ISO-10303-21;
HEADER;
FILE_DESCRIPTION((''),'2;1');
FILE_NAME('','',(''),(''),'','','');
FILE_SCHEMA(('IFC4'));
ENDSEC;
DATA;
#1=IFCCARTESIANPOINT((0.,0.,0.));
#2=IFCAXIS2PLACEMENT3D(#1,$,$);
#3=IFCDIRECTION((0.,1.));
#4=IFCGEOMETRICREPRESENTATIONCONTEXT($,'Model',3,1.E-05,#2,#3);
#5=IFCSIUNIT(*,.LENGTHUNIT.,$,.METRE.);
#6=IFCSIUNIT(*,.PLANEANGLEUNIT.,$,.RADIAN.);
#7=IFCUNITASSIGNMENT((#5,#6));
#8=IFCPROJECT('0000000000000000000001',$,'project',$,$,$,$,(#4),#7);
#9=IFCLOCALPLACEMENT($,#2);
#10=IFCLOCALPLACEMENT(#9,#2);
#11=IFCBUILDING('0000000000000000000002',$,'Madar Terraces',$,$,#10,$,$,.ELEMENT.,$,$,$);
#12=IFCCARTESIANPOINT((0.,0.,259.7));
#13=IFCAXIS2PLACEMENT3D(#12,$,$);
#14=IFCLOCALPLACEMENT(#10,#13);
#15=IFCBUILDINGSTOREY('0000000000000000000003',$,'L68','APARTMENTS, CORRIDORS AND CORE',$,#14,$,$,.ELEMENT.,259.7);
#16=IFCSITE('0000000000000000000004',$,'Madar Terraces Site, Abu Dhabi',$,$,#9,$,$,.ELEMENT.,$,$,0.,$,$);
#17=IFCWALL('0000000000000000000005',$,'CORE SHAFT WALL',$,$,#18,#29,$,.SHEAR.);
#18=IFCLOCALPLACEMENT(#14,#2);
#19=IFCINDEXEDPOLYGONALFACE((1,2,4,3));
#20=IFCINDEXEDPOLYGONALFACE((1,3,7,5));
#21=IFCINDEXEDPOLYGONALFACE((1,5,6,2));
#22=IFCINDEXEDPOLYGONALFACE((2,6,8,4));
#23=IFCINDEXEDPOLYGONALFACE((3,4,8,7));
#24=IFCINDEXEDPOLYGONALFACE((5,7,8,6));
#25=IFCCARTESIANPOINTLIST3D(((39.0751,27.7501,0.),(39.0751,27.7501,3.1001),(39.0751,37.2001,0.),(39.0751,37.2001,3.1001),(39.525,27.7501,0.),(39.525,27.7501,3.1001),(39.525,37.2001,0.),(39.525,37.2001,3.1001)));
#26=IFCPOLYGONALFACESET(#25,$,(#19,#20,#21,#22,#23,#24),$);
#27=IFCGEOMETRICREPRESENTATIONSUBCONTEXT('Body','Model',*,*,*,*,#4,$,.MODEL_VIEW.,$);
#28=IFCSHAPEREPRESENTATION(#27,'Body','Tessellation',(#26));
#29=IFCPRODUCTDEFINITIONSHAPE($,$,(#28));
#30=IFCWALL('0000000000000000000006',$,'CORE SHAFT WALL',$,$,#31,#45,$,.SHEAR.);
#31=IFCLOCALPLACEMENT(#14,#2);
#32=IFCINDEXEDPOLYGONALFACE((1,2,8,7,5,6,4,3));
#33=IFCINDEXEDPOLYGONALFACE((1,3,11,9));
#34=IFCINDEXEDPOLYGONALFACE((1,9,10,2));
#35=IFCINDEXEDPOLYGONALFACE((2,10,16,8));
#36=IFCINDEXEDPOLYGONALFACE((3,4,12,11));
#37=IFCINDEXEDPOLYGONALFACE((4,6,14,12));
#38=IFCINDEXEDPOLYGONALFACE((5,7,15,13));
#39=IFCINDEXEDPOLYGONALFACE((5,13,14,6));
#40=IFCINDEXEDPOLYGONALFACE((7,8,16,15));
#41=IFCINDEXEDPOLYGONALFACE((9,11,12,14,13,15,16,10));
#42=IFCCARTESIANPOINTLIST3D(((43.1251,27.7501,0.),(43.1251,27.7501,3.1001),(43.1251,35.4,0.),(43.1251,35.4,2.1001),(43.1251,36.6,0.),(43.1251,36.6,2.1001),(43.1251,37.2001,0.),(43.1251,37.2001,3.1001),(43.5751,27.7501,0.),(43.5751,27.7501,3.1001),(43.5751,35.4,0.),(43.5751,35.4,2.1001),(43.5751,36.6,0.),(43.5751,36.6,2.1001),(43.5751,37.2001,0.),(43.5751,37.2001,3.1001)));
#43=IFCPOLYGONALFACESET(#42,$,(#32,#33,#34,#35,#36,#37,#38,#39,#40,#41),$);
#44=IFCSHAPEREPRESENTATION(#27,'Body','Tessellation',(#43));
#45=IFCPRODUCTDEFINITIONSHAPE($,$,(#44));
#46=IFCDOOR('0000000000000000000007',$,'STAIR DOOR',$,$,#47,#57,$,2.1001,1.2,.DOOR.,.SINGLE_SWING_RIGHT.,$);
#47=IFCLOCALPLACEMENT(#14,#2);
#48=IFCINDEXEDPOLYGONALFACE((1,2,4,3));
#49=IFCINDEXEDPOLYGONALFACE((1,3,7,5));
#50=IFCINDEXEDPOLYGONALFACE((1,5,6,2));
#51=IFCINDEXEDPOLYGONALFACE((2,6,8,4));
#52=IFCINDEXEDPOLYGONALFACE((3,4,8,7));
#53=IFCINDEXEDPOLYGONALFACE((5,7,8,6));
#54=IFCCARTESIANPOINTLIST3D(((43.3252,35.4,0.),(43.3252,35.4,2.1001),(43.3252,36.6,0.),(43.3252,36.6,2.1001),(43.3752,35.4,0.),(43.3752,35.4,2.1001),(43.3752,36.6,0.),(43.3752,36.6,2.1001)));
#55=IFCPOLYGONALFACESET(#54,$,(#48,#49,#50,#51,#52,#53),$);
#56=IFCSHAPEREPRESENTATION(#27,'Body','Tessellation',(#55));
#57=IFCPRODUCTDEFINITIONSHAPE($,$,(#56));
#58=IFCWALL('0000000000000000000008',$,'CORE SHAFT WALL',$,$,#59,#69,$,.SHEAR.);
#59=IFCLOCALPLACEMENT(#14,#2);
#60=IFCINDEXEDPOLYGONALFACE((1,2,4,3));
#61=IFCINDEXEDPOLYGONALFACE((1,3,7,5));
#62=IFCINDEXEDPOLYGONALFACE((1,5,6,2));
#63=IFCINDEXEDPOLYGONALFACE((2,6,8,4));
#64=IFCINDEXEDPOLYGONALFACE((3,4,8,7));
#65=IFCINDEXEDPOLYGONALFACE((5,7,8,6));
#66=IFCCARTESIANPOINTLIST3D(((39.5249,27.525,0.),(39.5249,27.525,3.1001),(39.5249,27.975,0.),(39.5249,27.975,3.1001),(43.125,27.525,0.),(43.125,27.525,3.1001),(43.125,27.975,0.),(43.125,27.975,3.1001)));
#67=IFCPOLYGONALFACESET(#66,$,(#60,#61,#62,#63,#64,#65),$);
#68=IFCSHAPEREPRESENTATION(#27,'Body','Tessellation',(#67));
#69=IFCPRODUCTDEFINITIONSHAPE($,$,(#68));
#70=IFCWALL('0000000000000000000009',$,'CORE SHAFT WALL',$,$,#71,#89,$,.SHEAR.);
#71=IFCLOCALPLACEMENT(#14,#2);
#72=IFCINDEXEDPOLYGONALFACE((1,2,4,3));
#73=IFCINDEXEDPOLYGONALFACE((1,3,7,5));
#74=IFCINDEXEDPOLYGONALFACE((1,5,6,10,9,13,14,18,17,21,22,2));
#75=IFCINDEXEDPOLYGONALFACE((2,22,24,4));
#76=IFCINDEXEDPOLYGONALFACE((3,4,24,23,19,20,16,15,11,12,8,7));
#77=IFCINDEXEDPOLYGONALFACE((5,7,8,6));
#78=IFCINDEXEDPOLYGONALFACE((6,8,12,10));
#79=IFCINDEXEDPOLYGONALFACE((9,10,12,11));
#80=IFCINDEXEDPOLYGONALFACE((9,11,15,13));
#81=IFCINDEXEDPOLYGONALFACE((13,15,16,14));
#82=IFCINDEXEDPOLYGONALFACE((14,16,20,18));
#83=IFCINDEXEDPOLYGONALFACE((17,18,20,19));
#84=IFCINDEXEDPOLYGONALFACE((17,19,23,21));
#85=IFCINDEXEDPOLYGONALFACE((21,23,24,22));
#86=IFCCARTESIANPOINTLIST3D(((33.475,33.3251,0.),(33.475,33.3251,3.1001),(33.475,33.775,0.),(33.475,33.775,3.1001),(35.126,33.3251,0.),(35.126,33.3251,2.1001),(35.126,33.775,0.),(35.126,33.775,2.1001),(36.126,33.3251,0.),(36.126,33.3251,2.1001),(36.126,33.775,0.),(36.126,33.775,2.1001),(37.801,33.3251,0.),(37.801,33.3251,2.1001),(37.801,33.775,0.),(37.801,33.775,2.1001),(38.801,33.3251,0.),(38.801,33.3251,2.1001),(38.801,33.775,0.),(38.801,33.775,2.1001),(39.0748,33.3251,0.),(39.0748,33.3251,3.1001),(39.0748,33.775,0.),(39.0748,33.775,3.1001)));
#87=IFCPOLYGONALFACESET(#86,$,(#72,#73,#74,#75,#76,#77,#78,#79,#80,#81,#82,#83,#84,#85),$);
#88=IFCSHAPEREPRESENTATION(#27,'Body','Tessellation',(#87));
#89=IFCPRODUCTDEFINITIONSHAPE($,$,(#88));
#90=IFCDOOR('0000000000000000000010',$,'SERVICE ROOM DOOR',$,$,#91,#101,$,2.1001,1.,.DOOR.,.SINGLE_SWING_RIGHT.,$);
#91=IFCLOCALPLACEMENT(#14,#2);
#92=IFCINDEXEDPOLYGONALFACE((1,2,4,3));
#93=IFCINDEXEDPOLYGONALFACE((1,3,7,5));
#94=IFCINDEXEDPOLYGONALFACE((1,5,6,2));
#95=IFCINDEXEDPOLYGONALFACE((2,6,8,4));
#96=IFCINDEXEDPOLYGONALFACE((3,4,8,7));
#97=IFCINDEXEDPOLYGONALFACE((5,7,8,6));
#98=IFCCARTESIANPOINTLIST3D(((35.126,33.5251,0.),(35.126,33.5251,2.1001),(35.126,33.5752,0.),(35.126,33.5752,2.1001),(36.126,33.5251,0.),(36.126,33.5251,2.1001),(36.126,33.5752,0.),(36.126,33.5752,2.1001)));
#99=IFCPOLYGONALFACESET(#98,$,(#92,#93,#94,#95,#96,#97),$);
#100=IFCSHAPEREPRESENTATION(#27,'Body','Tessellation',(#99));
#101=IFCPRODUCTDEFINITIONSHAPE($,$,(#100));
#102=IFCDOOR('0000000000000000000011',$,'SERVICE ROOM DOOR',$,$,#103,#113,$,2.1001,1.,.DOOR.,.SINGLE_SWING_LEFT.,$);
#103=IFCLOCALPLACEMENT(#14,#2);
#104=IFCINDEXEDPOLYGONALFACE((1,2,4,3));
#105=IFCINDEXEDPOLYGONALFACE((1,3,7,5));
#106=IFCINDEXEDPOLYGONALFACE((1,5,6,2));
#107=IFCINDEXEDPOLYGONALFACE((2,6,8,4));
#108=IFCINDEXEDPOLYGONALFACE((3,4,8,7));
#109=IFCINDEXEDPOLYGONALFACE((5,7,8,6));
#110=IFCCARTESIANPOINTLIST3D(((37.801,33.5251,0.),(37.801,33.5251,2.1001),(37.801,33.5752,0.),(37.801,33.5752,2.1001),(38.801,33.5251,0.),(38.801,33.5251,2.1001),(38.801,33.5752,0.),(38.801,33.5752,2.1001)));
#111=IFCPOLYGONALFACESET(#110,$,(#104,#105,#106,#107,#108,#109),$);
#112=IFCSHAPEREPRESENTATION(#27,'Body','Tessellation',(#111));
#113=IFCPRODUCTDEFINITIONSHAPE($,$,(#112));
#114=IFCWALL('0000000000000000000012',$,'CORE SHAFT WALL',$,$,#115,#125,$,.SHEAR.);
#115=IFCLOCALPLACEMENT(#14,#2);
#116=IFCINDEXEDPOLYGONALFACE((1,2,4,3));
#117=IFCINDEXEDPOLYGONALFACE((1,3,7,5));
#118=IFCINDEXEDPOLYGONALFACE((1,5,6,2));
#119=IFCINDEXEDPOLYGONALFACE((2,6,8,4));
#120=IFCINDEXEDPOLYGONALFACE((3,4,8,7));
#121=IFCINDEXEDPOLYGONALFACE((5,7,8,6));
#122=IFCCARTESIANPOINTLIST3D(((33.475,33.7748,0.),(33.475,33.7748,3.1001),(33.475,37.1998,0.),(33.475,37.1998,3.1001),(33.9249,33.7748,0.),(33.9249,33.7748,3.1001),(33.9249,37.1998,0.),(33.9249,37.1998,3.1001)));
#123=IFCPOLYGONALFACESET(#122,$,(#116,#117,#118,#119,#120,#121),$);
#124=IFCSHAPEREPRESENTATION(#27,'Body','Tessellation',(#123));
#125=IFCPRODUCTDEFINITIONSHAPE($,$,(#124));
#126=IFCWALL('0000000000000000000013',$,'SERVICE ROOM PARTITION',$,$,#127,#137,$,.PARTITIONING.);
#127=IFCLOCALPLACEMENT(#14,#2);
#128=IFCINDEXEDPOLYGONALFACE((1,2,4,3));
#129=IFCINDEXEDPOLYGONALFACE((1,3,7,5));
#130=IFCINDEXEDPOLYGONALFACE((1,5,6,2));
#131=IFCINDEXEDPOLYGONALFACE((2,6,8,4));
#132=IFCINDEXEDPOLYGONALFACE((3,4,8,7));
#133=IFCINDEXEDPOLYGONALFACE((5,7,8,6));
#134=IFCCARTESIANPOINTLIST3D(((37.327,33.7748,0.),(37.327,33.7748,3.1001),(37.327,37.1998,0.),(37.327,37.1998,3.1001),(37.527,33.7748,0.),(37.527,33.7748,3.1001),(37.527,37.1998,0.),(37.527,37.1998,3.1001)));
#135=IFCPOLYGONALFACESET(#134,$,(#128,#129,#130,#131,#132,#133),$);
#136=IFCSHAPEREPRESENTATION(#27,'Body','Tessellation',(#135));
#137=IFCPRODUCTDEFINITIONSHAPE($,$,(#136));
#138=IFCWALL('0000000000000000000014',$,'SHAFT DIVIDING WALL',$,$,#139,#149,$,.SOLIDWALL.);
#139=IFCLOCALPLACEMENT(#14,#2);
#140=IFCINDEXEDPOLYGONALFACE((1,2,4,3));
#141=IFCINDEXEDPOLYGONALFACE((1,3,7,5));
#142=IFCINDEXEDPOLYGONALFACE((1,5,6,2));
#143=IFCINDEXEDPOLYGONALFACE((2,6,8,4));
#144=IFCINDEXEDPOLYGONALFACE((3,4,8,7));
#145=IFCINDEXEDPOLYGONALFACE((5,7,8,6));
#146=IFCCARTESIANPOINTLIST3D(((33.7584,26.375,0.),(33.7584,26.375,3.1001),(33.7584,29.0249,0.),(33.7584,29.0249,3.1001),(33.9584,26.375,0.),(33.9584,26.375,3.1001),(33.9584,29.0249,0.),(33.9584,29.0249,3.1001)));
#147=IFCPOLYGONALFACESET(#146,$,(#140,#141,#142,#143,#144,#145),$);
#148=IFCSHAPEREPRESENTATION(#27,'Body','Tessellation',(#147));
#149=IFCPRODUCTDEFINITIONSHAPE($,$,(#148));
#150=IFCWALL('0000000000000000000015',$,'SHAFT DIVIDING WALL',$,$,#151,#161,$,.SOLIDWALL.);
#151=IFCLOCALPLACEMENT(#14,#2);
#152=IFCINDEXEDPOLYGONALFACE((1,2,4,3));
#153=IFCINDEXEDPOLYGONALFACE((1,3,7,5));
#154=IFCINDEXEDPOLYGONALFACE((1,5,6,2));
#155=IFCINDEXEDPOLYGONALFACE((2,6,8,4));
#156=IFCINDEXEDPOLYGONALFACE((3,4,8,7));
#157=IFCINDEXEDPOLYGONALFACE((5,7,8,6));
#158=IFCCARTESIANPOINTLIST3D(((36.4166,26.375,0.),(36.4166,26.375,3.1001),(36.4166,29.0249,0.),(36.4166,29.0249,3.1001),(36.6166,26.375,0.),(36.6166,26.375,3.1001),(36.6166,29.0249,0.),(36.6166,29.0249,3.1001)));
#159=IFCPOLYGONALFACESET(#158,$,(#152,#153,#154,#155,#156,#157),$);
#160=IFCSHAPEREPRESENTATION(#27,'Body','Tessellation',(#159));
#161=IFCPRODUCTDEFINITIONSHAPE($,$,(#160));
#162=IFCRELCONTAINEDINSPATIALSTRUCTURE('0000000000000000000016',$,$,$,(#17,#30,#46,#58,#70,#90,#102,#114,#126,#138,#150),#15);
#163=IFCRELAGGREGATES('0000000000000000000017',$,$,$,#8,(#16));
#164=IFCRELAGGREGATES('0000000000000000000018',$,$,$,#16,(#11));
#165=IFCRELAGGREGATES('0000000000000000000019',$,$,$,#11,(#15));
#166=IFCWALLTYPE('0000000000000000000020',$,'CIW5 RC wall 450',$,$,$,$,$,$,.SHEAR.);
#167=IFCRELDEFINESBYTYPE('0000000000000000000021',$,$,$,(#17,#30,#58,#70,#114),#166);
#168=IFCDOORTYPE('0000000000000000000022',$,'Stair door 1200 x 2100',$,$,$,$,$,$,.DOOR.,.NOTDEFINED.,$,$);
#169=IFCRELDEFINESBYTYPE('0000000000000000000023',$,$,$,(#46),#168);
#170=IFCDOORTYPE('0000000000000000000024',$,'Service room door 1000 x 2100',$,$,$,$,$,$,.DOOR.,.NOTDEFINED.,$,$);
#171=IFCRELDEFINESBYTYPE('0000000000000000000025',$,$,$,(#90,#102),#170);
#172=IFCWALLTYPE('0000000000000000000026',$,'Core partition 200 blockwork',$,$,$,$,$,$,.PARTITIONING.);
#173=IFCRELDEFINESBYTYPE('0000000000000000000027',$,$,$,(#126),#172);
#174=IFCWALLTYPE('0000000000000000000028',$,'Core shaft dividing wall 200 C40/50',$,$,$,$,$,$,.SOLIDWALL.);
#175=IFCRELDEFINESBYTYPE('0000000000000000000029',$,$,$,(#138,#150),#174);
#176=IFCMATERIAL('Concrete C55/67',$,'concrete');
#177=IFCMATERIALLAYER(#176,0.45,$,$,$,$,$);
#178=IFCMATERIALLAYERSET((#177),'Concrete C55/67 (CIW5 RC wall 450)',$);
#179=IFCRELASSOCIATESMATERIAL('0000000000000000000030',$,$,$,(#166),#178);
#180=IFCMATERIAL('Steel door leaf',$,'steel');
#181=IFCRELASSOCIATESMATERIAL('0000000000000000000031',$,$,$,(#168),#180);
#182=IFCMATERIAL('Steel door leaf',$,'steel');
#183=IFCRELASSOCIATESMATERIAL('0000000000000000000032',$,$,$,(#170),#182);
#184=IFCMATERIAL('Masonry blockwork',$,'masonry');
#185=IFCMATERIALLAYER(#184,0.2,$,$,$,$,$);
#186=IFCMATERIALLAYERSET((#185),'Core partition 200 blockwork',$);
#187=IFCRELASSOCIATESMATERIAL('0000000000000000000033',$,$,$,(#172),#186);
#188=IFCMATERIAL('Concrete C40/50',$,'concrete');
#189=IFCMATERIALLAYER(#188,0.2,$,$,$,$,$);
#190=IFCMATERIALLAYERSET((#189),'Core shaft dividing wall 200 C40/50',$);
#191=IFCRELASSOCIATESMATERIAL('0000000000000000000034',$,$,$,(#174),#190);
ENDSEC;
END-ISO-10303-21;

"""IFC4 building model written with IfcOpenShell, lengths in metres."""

from ifc_helpers import new_model, si_unit, direction, frame, frame_2d, origin, place, context, subcontext, project, spatial, rectangle, extrude, material, layer, layer_set, type_object, element, fill, save


model = new_model("IFC4")

# Units and contexts
model_context = context("Model", 3, precision=1e-05, world=origin(), true_north=direction((0.0, 1.0)))
body_context = subcontext(model_context, "Body", "Model", "MODEL_VIEW")
ifc_project = project(units=[si_unit("LENGTHUNIT", "METRE"), si_unit("PLANEANGLEUNIT", "RADIAN")], contexts=[model_context])

# Site, building, storey
site_placement = place(None, origin())
site = spatial("IfcSite", under=ifc_project, at=site_placement, Name="Madar Terraces Site, Abu Dhabi", CompositionType="ELEMENT", RefElevation=0.0)
building_placement = place(site_placement, origin())
building = spatial("IfcBuilding", under=site, at=building_placement, Name="Madar Terraces", CompositionType="ELEMENT")
storey_placement = place(building_placement, frame((0.0, 0.0, 259.7)))
storey = spatial("IfcBuildingStorey", under=building, at=storey_placement, Name="L68", Description="APARTMENTS, CORRIDORS AND CORE", CompositionType="ELEMENT", Elevation=259.7)

# Wall
ifc_material_1 = material(Name="Concrete C55/67", Category="concrete")
ifc_layer_1 = layer(ifc_material_1, 0.45)
ifc_layer_set_1 = layer_set([ifc_layer_1], Name="Concrete C55/67 (CIW5 RC wall 450)")
wall_type_1 = type_object("IfcWallType", Name="CIW5 RC wall 450", PredefinedType="SHEAR", material=ifc_layer_set_1)
wall_1_placement = place(storey_placement, frame((39.3, 27.75, 0.0), z_axis=(0.0, 0.0, 1.0), x_axis=(0.0, 1.0, 0.0)))
element("IfcWall", 1, at=wall_1_placement, inside=storey, type_object=wall_type_1, Name="CORE SHAFT WALL", PredefinedType="SHEAR", context=body_context, shape_type="SweptSolid", body=[
    extrude(rectangle(XDim=9.45, YDim=0.45, at=frame_2d((4.7251, 0.0))), origin(), (0.0, 0.0, 1.0), 3.1001),
])

# Wall, opening, door
wall_2_placement = place(storey_placement, frame((43.3501, 27.75, 0.0), z_axis=(0.0, 0.0, 1.0), x_axis=(0.0, 1.0, 0.0)))
wall_2 = element("IfcWall", 2, at=wall_2_placement, inside=storey, type_object=wall_type_1, Name="CORE SHAFT WALL", PredefinedType="SHEAR", context=body_context, shape_type="SweptSolid", body=[
    extrude(rectangle(XDim=9.45, YDim=0.45, at=frame_2d((4.7251, 0.0))), origin(), (0.0, 0.0, 1.0), 3.1001),
])
opening_1_placement = place(wall_2_placement, frame((7.6499, 0.0, 0.0)))
opening_1 = element("IfcOpeningElement", 3, at=opening_1_placement, cuts=wall_2, PredefinedType="OPENING", context=body_context, shape_type="SweptSolid", body=[
    extrude(rectangle(XDim=1.2, YDim=2.1001, at=frame_2d((0.6001, 1.05))), frame((0.0, 0.2349, 0.0), z_axis=(0.0, -1.0, 0.0), x_axis=(1.0, 0.0, 0.0)), (0.0, 0.0, 1.0), 0.47),
])
ifc_material_2 = material(Name="Steel door leaf", Category="steel")
door_type_1 = type_object("IfcDoorType", Name="Stair door 1200 x 2100", OperationType="NOTDEFINED", PredefinedType="DOOR", material=ifc_material_2)
door_1_placement = place(opening_1_placement, origin())
door_1 = element("IfcDoor", 4, at=door_1_placement, inside=storey, type_object=door_type_1, Name="STAIR DOOR", OperationType="SINGLE_SWING_RIGHT", OverallHeight=2.1001, OverallWidth=1.2, PredefinedType="DOOR", context=body_context, shape_type="SweptSolid", body=[
    extrude(rectangle(XDim=1.2, YDim=2.1001, at=frame_2d((0.6001, 1.05))), frame((0.0, 0.0249, 0.0), z_axis=(0.0, -1.0, 0.0), x_axis=(1.0, 0.0, 0.0)), (0.0, 0.0, 1.0), 0.05),
])
fill(opening_1, door_1)

# Wall
wall_3_placement = place(storey_placement, frame((39.5249, 27.75, 0.0), z_axis=(0.0, 0.0, 1.0), x_axis=(1.0, 0.0, 0.0)))
element("IfcWall", 5, at=wall_3_placement, inside=storey, type_object=wall_type_1, Name="CORE SHAFT WALL", PredefinedType="SHEAR", context=body_context, shape_type="SweptSolid", body=[
    extrude(rectangle(XDim=3.6001, YDim=0.45, at=frame_2d((1.8, 0.0))), origin(), (0.0, 0.0, 1.0), 3.1001),
])

# Wall, openings, doors
wall_4_placement = place(storey_placement, frame((33.4751, 33.55, 0.0), z_axis=(0.0, 0.0, 1.0), x_axis=(1.0, 0.0, 0.0)))
wall_4 = element("IfcWall", 6, at=wall_4_placement, inside=storey, type_object=wall_type_1, Name="CORE SHAFT WALL", PredefinedType="SHEAR", context=body_context, shape_type="SweptSolid", body=[
    extrude(rectangle(XDim=5.5999, YDim=0.45, at=frame_2d((2.7998, 0.0))), origin(), (0.0, 0.0, 1.0), 3.1001),
])
opening_2_placement = place(wall_4_placement, frame((1.6509, 0.0, 0.0)))
opening_2 = element("IfcOpeningElement", 7, at=opening_2_placement, cuts=wall_4, PredefinedType="OPENING", context=body_context, shape_type="SweptSolid", body=[
    extrude(rectangle(XDim=1.0, YDim=2.1001, at=frame_2d((0.5, 1.05))), frame((0.0, 0.2349, 0.0), z_axis=(0.0, -1.0, 0.0), x_axis=(1.0, 0.0, 0.0)), (0.0, 0.0, 1.0), 0.47),
])
opening_3_placement = place(wall_4_placement, frame((4.3259, 0.0, 0.0)))
opening_3 = element("IfcOpeningElement", 8, at=opening_3_placement, cuts=wall_4, PredefinedType="OPENING", context=body_context, shape_type="SweptSolid", body=[
    extrude(rectangle(XDim=1.0, YDim=2.1001, at=frame_2d((0.5, 1.05))), frame((0.0, 0.2349, 0.0), z_axis=(0.0, -1.0, 0.0), x_axis=(1.0, 0.0, 0.0)), (0.0, 0.0, 1.0), 0.47),
])
ifc_material_3 = material(Name="Steel door leaf", Category="steel")
door_type_2 = type_object("IfcDoorType", Name="Service room door 1000 x 2100", OperationType="NOTDEFINED", PredefinedType="DOOR", material=ifc_material_3)
door_2_placement = place(opening_2_placement, frame((1.0, 0.0, 0.0), z_axis=(0.0, 0.0, 1.0), x_axis=(-1.0, 0.0, 0.0)))
door_2 = element("IfcDoor", 9, at=door_2_placement, inside=storey, type_object=door_type_2, Name="SERVICE ROOM DOOR", OperationType="SINGLE_SWING_RIGHT", OverallHeight=2.1001, OverallWidth=1.0, PredefinedType="DOOR", context=body_context, shape_type="SweptSolid", body=[
    extrude(rectangle(XDim=1.0, YDim=2.1001, at=frame_2d((0.5, 1.05))), frame((0.0, 0.0249, 0.0), z_axis=(0.0, -1.0, 0.0), x_axis=(1.0, 0.0, 0.0)), (0.0, 0.0, 1.0), 0.05),
])
fill(opening_2, door_2)
door_3_placement = place(opening_3_placement, frame((1.0, 0.0, 0.0), z_axis=(0.0, 0.0, 1.0), x_axis=(-1.0, 0.0, 0.0)))
door_3 = element("IfcDoor", 10, at=door_3_placement, inside=storey, type_object=door_type_2, Name="SERVICE ROOM DOOR", OperationType="SINGLE_SWING_LEFT", OverallHeight=2.1001, OverallWidth=1.0, PredefinedType="DOOR", context=body_context, shape_type="SweptSolid", body=[
    extrude(rectangle(XDim=1.0, YDim=2.1001, at=frame_2d((0.5, 1.05))), frame((0.0, 0.0249, 0.0), z_axis=(0.0, -1.0, 0.0), x_axis=(1.0, 0.0, 0.0)), (0.0, 0.0, 1.0), 0.05),
])
fill(opening_3, door_3)

# Walls
wall_5_placement = place(storey_placement, frame((33.7, 33.7749, 0.0), z_axis=(0.0, 0.0, 1.0), x_axis=(0.0, 1.0, 0.0)))
element("IfcWall", 11, at=wall_5_placement, inside=storey, type_object=wall_type_1, Name="CORE SHAFT WALL", PredefinedType="SHEAR", context=body_context, shape_type="SweptSolid", body=[
    extrude(rectangle(XDim=3.425, YDim=0.45, at=frame_2d((1.7124, 0.0))), origin(), (0.0, 0.0, 1.0), 3.1001),
])
ifc_material_4 = material(Name="Masonry blockwork", Category="masonry")
ifc_layer_2 = layer(ifc_material_4, 0.2)
ifc_layer_set_2 = layer_set([ifc_layer_2], Name="Core partition 200 blockwork")
wall_type_2 = type_object("IfcWallType", Name="Core partition 200 blockwork", PredefinedType="PARTITIONING", material=ifc_layer_set_2)
wall_6_placement = place(storey_placement, frame((37.427, 33.7749, 0.0), z_axis=(0.0, 0.0, 1.0), x_axis=(0.0, 1.0, 0.0)))
element("IfcWall", 12, at=wall_6_placement, inside=storey, type_object=wall_type_2, Name="SERVICE ROOM PARTITION", PredefinedType="PARTITIONING", context=body_context, shape_type="SweptSolid", body=[
    extrude(rectangle(XDim=3.425, YDim=0.2, at=frame_2d((1.7124, 0.0))), origin(), (0.0, 0.0, 1.0), 3.1001),
])
ifc_material_5 = material(Name="Concrete C40/50", Category="concrete")
ifc_layer_3 = layer(ifc_material_5, 0.2)
ifc_layer_set_3 = layer_set([ifc_layer_3], Name="Core shaft dividing wall 200 C40/50")
wall_type_3 = type_object("IfcWallType", Name="Core shaft dividing wall 200 C40/50", PredefinedType="SOLIDWALL", material=ifc_layer_set_3)
for number, where, z_axis, x_axis, name in (
    (13, (33.8584, 26.375, 0.0), (0.0, 0.0, 1.0), (0.0, 1.0, 0.0), "SHAFT DIVIDING WALL"),
    (14, (36.5166, 26.375, 0.0), (0.0, 0.0, 1.0), (0.0, 1.0, 0.0), "SHAFT DIVIDING WALL"),
):
    element("IfcWall", number, at=place(storey_placement, frame(where, z_axis=z_axis, x_axis=x_axis)), inside=storey, type_object=wall_type_3, Name=name, PredefinedType="SOLIDWALL", context=body_context, shape_type="SweptSolid", body=[
        extrude(rectangle(XDim=2.6499, YDim=0.2, at=frame_2d((1.325, 0.0))), origin(), (0.0, 0.0, 1.0), 3.1001),
    ])

save(model, "model.ifc")
